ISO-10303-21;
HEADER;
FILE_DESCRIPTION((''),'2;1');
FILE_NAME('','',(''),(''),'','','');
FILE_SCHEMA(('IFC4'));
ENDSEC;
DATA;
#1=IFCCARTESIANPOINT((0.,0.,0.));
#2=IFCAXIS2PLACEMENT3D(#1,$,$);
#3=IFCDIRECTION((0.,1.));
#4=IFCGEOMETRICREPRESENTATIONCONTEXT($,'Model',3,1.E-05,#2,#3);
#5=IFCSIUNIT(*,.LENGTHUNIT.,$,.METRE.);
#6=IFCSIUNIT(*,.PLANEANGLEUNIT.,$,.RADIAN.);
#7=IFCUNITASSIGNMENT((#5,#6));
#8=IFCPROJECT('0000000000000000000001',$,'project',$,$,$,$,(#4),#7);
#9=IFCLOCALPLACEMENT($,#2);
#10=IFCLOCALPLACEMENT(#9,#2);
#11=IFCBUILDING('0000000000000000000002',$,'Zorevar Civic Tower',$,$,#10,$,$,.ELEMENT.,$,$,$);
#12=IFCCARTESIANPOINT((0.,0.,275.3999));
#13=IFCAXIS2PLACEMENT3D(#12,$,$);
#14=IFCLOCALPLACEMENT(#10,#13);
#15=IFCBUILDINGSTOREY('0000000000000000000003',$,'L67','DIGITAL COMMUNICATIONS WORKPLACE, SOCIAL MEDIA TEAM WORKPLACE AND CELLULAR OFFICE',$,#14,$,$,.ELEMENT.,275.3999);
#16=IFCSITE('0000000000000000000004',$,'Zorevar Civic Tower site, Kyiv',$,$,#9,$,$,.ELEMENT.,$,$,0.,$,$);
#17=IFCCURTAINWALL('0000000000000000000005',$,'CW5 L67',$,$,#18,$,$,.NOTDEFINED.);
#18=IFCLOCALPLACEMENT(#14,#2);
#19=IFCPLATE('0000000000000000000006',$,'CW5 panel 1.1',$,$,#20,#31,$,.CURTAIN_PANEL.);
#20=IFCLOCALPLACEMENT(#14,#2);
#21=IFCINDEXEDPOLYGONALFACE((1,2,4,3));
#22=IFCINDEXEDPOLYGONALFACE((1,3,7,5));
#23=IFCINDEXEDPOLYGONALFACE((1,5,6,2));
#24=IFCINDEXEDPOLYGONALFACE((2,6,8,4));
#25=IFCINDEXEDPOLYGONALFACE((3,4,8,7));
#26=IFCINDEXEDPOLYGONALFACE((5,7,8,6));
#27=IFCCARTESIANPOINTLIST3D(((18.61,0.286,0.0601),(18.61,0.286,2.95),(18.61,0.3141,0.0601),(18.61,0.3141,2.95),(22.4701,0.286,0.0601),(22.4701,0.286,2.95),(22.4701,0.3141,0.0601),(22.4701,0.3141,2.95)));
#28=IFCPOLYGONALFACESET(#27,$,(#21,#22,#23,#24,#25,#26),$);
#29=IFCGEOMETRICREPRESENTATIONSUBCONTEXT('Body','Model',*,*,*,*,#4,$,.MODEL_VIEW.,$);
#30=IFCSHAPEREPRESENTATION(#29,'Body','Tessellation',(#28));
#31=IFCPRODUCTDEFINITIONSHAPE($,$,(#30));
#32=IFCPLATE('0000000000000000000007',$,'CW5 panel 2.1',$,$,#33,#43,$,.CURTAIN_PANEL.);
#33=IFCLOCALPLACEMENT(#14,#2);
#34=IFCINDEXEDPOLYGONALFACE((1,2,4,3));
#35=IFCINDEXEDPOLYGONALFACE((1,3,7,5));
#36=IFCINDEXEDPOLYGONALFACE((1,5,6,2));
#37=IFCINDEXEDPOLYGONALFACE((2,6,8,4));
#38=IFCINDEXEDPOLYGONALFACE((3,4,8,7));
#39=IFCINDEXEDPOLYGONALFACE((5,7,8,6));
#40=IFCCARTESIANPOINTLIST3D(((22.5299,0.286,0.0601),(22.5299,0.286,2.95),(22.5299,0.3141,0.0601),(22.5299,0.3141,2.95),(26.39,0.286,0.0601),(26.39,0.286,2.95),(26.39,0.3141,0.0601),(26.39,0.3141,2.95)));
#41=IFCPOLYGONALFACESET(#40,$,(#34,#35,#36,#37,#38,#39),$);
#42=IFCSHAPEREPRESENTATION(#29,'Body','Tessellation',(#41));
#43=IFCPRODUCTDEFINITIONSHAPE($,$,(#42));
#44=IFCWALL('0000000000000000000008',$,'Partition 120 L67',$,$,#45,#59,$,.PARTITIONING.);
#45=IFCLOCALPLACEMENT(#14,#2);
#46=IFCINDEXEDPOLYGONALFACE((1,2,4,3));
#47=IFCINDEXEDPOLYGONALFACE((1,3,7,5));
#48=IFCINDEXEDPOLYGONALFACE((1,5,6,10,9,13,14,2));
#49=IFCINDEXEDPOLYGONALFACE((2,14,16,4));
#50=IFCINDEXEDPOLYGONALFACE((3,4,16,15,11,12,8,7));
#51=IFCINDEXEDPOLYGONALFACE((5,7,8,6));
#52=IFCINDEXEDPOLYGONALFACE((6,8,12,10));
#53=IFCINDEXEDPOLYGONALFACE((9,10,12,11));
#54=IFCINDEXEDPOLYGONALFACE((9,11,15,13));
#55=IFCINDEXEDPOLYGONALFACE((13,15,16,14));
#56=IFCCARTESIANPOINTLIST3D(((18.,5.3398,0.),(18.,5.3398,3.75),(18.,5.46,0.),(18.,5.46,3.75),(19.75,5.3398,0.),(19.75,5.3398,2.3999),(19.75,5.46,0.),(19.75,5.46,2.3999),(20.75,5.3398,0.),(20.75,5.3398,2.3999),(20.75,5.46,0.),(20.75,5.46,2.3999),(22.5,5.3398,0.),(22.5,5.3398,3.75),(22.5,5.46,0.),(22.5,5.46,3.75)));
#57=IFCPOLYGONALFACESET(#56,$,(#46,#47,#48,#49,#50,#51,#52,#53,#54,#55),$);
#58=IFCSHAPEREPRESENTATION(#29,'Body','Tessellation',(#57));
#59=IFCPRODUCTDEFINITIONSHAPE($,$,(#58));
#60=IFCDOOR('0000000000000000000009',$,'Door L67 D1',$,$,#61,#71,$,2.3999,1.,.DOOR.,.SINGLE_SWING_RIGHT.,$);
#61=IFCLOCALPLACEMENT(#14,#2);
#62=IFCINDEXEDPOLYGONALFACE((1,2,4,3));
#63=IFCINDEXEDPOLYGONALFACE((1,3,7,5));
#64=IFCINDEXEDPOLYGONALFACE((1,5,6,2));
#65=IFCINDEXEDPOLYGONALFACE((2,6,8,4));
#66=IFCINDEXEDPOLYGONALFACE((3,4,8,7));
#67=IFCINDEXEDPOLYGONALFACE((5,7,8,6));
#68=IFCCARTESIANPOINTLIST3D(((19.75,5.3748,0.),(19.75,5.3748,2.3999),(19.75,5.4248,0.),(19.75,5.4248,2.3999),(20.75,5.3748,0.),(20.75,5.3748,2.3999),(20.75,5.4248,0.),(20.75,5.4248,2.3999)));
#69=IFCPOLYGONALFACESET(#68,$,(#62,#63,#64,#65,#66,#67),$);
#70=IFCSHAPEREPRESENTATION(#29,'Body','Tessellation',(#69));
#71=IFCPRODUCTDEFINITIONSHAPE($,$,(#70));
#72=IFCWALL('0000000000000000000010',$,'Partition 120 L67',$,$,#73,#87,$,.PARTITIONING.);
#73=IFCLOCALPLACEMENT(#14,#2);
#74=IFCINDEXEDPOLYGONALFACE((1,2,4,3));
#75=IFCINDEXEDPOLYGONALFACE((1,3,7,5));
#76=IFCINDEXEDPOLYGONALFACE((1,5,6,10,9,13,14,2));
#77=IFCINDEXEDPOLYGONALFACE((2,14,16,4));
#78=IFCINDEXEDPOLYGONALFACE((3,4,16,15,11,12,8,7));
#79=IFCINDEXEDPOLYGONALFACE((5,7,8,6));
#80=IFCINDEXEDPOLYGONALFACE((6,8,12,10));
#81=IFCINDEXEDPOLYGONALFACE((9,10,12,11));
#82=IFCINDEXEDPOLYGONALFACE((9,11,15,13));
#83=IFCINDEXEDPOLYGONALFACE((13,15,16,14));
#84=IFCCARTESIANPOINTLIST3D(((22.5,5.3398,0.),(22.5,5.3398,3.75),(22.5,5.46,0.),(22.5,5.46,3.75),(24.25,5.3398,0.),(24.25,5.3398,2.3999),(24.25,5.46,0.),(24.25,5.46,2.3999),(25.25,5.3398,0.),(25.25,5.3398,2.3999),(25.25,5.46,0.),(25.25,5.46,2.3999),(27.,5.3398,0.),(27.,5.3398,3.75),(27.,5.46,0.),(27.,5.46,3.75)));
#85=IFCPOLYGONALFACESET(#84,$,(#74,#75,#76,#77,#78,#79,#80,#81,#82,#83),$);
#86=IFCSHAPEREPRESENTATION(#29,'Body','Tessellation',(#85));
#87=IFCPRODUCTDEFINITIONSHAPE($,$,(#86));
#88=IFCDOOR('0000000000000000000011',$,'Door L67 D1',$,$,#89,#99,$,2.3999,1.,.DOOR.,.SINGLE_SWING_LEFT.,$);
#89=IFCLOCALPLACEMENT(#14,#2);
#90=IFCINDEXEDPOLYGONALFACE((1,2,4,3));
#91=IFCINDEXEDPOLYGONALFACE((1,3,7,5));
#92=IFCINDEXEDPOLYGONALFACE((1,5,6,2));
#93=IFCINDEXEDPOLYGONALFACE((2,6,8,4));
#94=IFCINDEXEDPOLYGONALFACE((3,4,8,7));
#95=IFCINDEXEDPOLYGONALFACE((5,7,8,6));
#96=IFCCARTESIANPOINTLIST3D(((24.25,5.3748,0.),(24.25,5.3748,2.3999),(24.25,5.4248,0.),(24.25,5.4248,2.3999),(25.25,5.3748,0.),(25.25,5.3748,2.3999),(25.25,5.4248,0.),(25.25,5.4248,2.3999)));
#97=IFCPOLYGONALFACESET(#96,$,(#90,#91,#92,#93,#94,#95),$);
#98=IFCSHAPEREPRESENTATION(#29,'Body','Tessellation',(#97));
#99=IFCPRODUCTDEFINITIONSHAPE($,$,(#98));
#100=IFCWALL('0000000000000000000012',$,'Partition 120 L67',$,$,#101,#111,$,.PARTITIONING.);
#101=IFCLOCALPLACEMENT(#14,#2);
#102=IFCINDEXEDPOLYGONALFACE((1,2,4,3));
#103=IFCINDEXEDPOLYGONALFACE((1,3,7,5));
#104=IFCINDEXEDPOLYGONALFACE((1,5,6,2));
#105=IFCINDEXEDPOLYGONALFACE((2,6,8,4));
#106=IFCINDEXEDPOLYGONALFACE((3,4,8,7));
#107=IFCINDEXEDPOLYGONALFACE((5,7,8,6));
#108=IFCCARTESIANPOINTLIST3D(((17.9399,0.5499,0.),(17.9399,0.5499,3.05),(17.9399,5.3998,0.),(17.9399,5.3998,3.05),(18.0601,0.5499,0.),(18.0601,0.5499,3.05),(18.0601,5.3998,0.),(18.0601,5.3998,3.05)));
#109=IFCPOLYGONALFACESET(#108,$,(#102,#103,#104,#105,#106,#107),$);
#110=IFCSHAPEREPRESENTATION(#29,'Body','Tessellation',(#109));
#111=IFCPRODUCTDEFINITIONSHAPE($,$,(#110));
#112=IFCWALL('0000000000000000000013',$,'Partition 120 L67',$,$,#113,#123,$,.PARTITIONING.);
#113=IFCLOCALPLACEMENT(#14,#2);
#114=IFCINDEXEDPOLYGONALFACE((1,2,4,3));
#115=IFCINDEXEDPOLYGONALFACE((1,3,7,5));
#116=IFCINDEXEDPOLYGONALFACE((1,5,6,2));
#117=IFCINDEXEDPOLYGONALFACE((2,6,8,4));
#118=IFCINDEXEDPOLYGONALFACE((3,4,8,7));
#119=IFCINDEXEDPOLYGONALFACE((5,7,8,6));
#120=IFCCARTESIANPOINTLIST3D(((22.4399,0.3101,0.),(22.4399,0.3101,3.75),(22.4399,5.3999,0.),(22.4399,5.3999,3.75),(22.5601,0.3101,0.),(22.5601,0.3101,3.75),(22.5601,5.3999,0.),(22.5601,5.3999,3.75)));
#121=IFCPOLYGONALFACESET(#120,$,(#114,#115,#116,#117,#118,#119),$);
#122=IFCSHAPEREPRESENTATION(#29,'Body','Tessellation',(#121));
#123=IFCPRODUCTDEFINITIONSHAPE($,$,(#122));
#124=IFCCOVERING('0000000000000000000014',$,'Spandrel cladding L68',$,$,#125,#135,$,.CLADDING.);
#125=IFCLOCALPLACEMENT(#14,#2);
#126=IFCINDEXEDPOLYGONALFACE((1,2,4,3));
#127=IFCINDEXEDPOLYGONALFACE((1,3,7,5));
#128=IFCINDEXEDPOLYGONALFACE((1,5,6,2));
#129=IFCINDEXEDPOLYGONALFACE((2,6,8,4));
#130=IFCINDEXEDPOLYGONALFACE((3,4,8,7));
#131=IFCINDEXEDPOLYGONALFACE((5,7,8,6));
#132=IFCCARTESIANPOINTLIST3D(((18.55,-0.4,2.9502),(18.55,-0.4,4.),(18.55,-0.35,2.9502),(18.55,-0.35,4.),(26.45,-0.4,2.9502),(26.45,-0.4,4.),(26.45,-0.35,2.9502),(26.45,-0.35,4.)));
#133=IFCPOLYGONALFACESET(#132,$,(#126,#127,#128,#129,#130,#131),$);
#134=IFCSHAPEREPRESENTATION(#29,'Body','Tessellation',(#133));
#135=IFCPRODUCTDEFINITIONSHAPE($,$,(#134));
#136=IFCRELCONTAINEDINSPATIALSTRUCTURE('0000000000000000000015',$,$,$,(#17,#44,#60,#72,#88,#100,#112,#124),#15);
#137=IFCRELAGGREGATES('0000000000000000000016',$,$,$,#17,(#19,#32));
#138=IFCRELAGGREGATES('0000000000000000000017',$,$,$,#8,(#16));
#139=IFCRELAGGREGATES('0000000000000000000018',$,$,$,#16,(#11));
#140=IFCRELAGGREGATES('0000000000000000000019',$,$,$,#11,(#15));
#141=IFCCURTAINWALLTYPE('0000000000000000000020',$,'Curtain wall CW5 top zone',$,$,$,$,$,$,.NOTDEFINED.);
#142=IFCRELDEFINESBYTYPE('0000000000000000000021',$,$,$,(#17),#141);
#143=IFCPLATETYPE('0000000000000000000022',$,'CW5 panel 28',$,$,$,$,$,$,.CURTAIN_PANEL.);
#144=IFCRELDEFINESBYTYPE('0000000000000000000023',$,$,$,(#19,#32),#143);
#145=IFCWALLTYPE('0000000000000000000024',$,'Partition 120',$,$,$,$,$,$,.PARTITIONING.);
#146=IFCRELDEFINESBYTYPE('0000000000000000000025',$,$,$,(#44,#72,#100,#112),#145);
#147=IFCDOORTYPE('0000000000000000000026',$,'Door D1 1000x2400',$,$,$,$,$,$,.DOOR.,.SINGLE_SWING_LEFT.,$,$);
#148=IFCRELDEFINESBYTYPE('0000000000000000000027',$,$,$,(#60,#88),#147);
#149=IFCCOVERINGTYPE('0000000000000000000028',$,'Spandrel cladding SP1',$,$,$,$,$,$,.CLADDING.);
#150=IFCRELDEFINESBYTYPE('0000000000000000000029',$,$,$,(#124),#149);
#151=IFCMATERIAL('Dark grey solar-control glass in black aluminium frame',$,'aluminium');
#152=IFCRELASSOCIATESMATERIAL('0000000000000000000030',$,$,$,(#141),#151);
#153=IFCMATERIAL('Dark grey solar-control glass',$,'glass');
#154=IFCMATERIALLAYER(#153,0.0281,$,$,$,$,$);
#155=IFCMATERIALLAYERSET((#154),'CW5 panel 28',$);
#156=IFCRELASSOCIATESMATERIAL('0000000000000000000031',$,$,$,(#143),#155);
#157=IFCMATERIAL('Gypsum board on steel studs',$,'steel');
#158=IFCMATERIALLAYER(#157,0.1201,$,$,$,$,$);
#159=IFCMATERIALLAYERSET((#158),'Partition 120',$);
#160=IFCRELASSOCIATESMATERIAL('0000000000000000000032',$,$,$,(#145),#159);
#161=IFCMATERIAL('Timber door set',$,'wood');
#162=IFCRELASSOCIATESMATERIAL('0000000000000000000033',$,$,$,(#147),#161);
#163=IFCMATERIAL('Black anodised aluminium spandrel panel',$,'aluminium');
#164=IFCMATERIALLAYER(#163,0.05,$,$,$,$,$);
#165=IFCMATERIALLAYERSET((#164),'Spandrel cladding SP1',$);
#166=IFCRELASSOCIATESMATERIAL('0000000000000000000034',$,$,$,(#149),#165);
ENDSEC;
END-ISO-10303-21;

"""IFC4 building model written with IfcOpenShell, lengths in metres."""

from ifc_helpers import new_model, si_unit, direction, frame, frame_2d, origin, origin_2d, place, context, subcontext, project, spatial, rectangle, extrude, material, layer, layer_set, type_object, element, fill, aggregate, save


model = new_model("IFC4")

# Units and contexts
model_context = context("Model", 3, precision=1e-05, world=origin(), true_north=direction((0.0, 1.0)))
body_context = subcontext(model_context, "Body", "Model", "MODEL_VIEW")
ifc_project = project(units=[si_unit("LENGTHUNIT", "METRE"), si_unit("PLANEANGLEUNIT", "RADIAN")], contexts=[model_context])

# Site, building, storey
site_placement = place(None, origin())
site = spatial("IfcSite", under=ifc_project, at=site_placement, Name="Zorevar Civic Tower site, Kyiv", CompositionType="ELEMENT", RefElevation=0.0)
building_placement = place(site_placement, origin())
building = spatial("IfcBuilding", under=site, at=building_placement, Name="Zorevar Civic Tower", CompositionType="ELEMENT")
storey_placement = place(building_placement, frame((0.0, 0.0, 275.3999)))
storey = spatial("IfcBuildingStorey", under=building, at=storey_placement, Name="L67", Description="DIGITAL COMMUNICATIONS WORKPLACE, SOCIAL MEDIA TEAM WORKPLACE AND CELLULAR OFFICE", CompositionType="ELEMENT", Elevation=275.3999)

# Curtain wall
ifc_material_1 = material(Name="Dark grey solar-control glass in black aluminium frame", Category="aluminium")
curtain_wall_type = type_object("IfcCurtainWallType", Name="Curtain wall CW5 top zone", PredefinedType="NOTDEFINED", material=ifc_material_1)
curtain_wall_placement = place(storey_placement, origin())
curtain_wall = element("IfcCurtainWall", 1, at=curtain_wall_placement, inside=storey, type_object=curtain_wall_type, Name="CW5 L67", PredefinedType="NOTDEFINED")

# Plates
ifc_material_2 = material(Name="Dark grey solar-control glass", Category="glass")
ifc_layer_1 = layer(ifc_material_2, 0.0281)
ifc_layer_set_1 = layer_set([ifc_layer_1], Name="CW5 panel 28")
plate_type = type_object("IfcPlateType", Name="CW5 panel 28", PredefinedType="CURTAIN_PANEL", material=ifc_layer_set_1)
plate_1_placement = place(storey_placement, frame((20.54, 0.3, 0.0601), z_axis=(0.0, 0.0, 1.0), x_axis=(1.0, 0.0, 0.0)))
plate_1 = element("IfcPlate", 2, at=plate_1_placement, type_object=plate_type, Name="CW5 panel 1.1", PredefinedType="CURTAIN_PANEL", context=body_context, shape_type="SweptSolid", body=[
    extrude(rectangle(XDim=3.8601, YDim=0.0281, at=origin_2d()), origin(), (0.0, 0.0, 1.0), 2.8899),
])
plate_2_placement = place(storey_placement, frame((24.46, 0.3, 0.0601), z_axis=(0.0, 0.0, 1.0), x_axis=(1.0, 0.0, 0.0)))
plate_2 = element("IfcPlate", 3, at=plate_2_placement, type_object=plate_type, Name="CW5 panel 2.1", PredefinedType="CURTAIN_PANEL", context=body_context, shape_type="SweptSolid", body=[
    extrude(rectangle(XDim=3.8601, YDim=0.0281, at=origin_2d()), origin(), (0.0, 0.0, 1.0), 2.8899),
])
aggregate(curtain_wall, [plate_1, plate_2])

# Walls, openings, doors
ifc_material_3 = material(Name="Gypsum board on steel studs", Category="steel")
ifc_layer_2 = layer(ifc_material_3, 0.1201)
ifc_layer_set_2 = layer_set([ifc_layer_2], Name="Partition 120")
wall_type = type_object("IfcWallType", Name="Partition 120", PredefinedType="PARTITIONING", material=ifc_layer_set_2)
wall_1_placement = place(storey_placement, frame((18.0, 5.3999, 0.0), z_axis=(0.0, 0.0, 1.0), x_axis=(1.0, 0.0, 0.0)))
wall_1 = element("IfcWall", 4, at=wall_1_placement, inside=storey, type_object=wall_type, Name="Partition 120 L67", PredefinedType="PARTITIONING", context=body_context, shape_type="SweptSolid", body=[
    extrude(rectangle(XDim=4.5, YDim=0.1201, at=frame_2d((2.25, 0.0))), origin(), (0.0, 0.0, 1.0), 3.75),
])
opening_1_placement = place(wall_1_placement, frame((1.75, 0.0, 0.0)))
opening_1 = element("IfcOpeningElement", 5, at=opening_1_placement, cuts=wall_1, PredefinedType="OPENING", context=body_context, shape_type="SweptSolid", body=[
    extrude(rectangle(XDim=1.0, YDim=2.3999, at=frame_2d((0.5, 1.2))), frame((0.0, 0.0701, 0.0), z_axis=(0.0, -1.0, 0.0), x_axis=(1.0, 0.0, 0.0)), (0.0, 0.0, 1.0), 0.1401),
])
ifc_material_4 = material(Name="Timber door set", Category="wood")
door_type = type_object("IfcDoorType", Name="Door D1 1000x2400", OperationType="SINGLE_SWING_LEFT", PredefinedType="DOOR", material=ifc_material_4)
door_1_placement = place(opening_1_placement, origin())
door_1 = element("IfcDoor", 6, at=door_1_placement, inside=storey, type_object=door_type, Name="Door L67 D1", OperationType="SINGLE_SWING_RIGHT", OverallHeight=2.3999, OverallWidth=1.0, PredefinedType="DOOR", context=body_context, shape_type="SweptSolid", body=[
    extrude(rectangle(XDim=1.0, YDim=2.3999, at=frame_2d((0.5, 1.2))), frame((0.0, 0.0249, 0.0), z_axis=(0.0, -1.0, 0.0), x_axis=(1.0, 0.0, 0.0)), (0.0, 0.0, 1.0), 0.05),
])
fill(opening_1, door_1)
wall_2_placement = place(storey_placement, frame((22.5, 5.3999, 0.0), z_axis=(0.0, 0.0, 1.0), x_axis=(1.0, 0.0, 0.0)))
wall_2 = element("IfcWall", 7, at=wall_2_placement, inside=storey, type_object=wall_type, Name="Partition 120 L67", PredefinedType="PARTITIONING", context=body_context, shape_type="SweptSolid", body=[
    extrude(rectangle(XDim=4.5, YDim=0.1201, at=frame_2d((2.25, 0.0))), origin(), (0.0, 0.0, 1.0), 3.75),
])
opening_2_placement = place(wall_2_placement, frame((1.75, 0.0, 0.0)))
opening_2 = element("IfcOpeningElement", 8, at=opening_2_placement, cuts=wall_2, PredefinedType="OPENING", context=body_context, shape_type="SweptSolid", body=[
    extrude(rectangle(XDim=1.0, YDim=2.3999, at=frame_2d((0.5, 1.2))), frame((0.0, 0.0701, 0.0), z_axis=(0.0, -1.0, 0.0), x_axis=(1.0, 0.0, 0.0)), (0.0, 0.0, 1.0), 0.1401),
])
door_2_placement = place(opening_2_placement, origin())
door_2 = element("IfcDoor", 9, at=door_2_placement, inside=storey, type_object=door_type, Name="Door L67 D1", OperationType="SINGLE_SWING_LEFT", OverallHeight=2.3999, OverallWidth=1.0, PredefinedType="DOOR", context=body_context, shape_type="SweptSolid", body=[
    extrude(rectangle(XDim=1.0, YDim=2.3999, at=frame_2d((0.5, 1.2))), frame((0.0, 0.0249, 0.0), z_axis=(0.0, -1.0, 0.0), x_axis=(1.0, 0.0, 0.0)), (0.0, 0.0, 1.0), 0.05),
])
fill(opening_2, door_2)

# Walls
wall_3_placement = place(storey_placement, frame((18.0, 0.55, 0.0), z_axis=(0.0, 0.0, 1.0), x_axis=(0.0, 1.0, 0.0)))
element("IfcWall", 10, at=wall_3_placement, inside=storey, type_object=wall_type, Name="Partition 120 L67", PredefinedType="PARTITIONING", context=body_context, shape_type="SweptSolid", body=[
    extrude(rectangle(XDim=4.8499, YDim=0.1201, at=frame_2d((2.4248, 0.0))), origin(), (0.0, 0.0, 1.0), 3.05),
])
wall_4_placement = place(storey_placement, frame((22.5, 0.3101, 0.0), z_axis=(0.0, 0.0, 1.0), x_axis=(0.0, 1.0, 0.0)))
element("IfcWall", 11, at=wall_4_placement, inside=storey, type_object=wall_type, Name="Partition 120 L67", PredefinedType="PARTITIONING", context=body_context, shape_type="SweptSolid", body=[
    extrude(rectangle(XDim=5.0898, YDim=0.1201, at=frame_2d((2.5449, 0.0))), origin(), (0.0, 0.0, 1.0), 3.75),
])

# Covering
ifc_material_5 = material(Name="Black anodised aluminium spandrel panel", Category="aluminium")
ifc_layer_3 = layer(ifc_material_5, 0.05)
ifc_layer_set_3 = layer_set([ifc_layer_3], Name="Spandrel cladding SP1")
covering_type = type_object("IfcCoveringType", Name="Spandrel cladding SP1", PredefinedType="CLADDING", material=ifc_layer_set_3)
covering_placement = place(storey_placement, frame((18.55, -0.375, 2.9502), z_axis=(0.0, 0.0, 1.0), x_axis=(1.0, 0.0, 0.0)))
element("IfcCovering", 12, at=covering_placement, inside=storey, type_object=covering_type, Name="Spandrel cladding L68", PredefinedType="CLADDING", context=body_context, shape_type="SweptSolid", body=[
    extrude(rectangle(XDim=7.8999, YDim=0.05, at=frame_2d((3.95, 0.0))), origin(), (0.0, 0.0, 1.0), 1.0498),
])

save(model, "model.ifc")
